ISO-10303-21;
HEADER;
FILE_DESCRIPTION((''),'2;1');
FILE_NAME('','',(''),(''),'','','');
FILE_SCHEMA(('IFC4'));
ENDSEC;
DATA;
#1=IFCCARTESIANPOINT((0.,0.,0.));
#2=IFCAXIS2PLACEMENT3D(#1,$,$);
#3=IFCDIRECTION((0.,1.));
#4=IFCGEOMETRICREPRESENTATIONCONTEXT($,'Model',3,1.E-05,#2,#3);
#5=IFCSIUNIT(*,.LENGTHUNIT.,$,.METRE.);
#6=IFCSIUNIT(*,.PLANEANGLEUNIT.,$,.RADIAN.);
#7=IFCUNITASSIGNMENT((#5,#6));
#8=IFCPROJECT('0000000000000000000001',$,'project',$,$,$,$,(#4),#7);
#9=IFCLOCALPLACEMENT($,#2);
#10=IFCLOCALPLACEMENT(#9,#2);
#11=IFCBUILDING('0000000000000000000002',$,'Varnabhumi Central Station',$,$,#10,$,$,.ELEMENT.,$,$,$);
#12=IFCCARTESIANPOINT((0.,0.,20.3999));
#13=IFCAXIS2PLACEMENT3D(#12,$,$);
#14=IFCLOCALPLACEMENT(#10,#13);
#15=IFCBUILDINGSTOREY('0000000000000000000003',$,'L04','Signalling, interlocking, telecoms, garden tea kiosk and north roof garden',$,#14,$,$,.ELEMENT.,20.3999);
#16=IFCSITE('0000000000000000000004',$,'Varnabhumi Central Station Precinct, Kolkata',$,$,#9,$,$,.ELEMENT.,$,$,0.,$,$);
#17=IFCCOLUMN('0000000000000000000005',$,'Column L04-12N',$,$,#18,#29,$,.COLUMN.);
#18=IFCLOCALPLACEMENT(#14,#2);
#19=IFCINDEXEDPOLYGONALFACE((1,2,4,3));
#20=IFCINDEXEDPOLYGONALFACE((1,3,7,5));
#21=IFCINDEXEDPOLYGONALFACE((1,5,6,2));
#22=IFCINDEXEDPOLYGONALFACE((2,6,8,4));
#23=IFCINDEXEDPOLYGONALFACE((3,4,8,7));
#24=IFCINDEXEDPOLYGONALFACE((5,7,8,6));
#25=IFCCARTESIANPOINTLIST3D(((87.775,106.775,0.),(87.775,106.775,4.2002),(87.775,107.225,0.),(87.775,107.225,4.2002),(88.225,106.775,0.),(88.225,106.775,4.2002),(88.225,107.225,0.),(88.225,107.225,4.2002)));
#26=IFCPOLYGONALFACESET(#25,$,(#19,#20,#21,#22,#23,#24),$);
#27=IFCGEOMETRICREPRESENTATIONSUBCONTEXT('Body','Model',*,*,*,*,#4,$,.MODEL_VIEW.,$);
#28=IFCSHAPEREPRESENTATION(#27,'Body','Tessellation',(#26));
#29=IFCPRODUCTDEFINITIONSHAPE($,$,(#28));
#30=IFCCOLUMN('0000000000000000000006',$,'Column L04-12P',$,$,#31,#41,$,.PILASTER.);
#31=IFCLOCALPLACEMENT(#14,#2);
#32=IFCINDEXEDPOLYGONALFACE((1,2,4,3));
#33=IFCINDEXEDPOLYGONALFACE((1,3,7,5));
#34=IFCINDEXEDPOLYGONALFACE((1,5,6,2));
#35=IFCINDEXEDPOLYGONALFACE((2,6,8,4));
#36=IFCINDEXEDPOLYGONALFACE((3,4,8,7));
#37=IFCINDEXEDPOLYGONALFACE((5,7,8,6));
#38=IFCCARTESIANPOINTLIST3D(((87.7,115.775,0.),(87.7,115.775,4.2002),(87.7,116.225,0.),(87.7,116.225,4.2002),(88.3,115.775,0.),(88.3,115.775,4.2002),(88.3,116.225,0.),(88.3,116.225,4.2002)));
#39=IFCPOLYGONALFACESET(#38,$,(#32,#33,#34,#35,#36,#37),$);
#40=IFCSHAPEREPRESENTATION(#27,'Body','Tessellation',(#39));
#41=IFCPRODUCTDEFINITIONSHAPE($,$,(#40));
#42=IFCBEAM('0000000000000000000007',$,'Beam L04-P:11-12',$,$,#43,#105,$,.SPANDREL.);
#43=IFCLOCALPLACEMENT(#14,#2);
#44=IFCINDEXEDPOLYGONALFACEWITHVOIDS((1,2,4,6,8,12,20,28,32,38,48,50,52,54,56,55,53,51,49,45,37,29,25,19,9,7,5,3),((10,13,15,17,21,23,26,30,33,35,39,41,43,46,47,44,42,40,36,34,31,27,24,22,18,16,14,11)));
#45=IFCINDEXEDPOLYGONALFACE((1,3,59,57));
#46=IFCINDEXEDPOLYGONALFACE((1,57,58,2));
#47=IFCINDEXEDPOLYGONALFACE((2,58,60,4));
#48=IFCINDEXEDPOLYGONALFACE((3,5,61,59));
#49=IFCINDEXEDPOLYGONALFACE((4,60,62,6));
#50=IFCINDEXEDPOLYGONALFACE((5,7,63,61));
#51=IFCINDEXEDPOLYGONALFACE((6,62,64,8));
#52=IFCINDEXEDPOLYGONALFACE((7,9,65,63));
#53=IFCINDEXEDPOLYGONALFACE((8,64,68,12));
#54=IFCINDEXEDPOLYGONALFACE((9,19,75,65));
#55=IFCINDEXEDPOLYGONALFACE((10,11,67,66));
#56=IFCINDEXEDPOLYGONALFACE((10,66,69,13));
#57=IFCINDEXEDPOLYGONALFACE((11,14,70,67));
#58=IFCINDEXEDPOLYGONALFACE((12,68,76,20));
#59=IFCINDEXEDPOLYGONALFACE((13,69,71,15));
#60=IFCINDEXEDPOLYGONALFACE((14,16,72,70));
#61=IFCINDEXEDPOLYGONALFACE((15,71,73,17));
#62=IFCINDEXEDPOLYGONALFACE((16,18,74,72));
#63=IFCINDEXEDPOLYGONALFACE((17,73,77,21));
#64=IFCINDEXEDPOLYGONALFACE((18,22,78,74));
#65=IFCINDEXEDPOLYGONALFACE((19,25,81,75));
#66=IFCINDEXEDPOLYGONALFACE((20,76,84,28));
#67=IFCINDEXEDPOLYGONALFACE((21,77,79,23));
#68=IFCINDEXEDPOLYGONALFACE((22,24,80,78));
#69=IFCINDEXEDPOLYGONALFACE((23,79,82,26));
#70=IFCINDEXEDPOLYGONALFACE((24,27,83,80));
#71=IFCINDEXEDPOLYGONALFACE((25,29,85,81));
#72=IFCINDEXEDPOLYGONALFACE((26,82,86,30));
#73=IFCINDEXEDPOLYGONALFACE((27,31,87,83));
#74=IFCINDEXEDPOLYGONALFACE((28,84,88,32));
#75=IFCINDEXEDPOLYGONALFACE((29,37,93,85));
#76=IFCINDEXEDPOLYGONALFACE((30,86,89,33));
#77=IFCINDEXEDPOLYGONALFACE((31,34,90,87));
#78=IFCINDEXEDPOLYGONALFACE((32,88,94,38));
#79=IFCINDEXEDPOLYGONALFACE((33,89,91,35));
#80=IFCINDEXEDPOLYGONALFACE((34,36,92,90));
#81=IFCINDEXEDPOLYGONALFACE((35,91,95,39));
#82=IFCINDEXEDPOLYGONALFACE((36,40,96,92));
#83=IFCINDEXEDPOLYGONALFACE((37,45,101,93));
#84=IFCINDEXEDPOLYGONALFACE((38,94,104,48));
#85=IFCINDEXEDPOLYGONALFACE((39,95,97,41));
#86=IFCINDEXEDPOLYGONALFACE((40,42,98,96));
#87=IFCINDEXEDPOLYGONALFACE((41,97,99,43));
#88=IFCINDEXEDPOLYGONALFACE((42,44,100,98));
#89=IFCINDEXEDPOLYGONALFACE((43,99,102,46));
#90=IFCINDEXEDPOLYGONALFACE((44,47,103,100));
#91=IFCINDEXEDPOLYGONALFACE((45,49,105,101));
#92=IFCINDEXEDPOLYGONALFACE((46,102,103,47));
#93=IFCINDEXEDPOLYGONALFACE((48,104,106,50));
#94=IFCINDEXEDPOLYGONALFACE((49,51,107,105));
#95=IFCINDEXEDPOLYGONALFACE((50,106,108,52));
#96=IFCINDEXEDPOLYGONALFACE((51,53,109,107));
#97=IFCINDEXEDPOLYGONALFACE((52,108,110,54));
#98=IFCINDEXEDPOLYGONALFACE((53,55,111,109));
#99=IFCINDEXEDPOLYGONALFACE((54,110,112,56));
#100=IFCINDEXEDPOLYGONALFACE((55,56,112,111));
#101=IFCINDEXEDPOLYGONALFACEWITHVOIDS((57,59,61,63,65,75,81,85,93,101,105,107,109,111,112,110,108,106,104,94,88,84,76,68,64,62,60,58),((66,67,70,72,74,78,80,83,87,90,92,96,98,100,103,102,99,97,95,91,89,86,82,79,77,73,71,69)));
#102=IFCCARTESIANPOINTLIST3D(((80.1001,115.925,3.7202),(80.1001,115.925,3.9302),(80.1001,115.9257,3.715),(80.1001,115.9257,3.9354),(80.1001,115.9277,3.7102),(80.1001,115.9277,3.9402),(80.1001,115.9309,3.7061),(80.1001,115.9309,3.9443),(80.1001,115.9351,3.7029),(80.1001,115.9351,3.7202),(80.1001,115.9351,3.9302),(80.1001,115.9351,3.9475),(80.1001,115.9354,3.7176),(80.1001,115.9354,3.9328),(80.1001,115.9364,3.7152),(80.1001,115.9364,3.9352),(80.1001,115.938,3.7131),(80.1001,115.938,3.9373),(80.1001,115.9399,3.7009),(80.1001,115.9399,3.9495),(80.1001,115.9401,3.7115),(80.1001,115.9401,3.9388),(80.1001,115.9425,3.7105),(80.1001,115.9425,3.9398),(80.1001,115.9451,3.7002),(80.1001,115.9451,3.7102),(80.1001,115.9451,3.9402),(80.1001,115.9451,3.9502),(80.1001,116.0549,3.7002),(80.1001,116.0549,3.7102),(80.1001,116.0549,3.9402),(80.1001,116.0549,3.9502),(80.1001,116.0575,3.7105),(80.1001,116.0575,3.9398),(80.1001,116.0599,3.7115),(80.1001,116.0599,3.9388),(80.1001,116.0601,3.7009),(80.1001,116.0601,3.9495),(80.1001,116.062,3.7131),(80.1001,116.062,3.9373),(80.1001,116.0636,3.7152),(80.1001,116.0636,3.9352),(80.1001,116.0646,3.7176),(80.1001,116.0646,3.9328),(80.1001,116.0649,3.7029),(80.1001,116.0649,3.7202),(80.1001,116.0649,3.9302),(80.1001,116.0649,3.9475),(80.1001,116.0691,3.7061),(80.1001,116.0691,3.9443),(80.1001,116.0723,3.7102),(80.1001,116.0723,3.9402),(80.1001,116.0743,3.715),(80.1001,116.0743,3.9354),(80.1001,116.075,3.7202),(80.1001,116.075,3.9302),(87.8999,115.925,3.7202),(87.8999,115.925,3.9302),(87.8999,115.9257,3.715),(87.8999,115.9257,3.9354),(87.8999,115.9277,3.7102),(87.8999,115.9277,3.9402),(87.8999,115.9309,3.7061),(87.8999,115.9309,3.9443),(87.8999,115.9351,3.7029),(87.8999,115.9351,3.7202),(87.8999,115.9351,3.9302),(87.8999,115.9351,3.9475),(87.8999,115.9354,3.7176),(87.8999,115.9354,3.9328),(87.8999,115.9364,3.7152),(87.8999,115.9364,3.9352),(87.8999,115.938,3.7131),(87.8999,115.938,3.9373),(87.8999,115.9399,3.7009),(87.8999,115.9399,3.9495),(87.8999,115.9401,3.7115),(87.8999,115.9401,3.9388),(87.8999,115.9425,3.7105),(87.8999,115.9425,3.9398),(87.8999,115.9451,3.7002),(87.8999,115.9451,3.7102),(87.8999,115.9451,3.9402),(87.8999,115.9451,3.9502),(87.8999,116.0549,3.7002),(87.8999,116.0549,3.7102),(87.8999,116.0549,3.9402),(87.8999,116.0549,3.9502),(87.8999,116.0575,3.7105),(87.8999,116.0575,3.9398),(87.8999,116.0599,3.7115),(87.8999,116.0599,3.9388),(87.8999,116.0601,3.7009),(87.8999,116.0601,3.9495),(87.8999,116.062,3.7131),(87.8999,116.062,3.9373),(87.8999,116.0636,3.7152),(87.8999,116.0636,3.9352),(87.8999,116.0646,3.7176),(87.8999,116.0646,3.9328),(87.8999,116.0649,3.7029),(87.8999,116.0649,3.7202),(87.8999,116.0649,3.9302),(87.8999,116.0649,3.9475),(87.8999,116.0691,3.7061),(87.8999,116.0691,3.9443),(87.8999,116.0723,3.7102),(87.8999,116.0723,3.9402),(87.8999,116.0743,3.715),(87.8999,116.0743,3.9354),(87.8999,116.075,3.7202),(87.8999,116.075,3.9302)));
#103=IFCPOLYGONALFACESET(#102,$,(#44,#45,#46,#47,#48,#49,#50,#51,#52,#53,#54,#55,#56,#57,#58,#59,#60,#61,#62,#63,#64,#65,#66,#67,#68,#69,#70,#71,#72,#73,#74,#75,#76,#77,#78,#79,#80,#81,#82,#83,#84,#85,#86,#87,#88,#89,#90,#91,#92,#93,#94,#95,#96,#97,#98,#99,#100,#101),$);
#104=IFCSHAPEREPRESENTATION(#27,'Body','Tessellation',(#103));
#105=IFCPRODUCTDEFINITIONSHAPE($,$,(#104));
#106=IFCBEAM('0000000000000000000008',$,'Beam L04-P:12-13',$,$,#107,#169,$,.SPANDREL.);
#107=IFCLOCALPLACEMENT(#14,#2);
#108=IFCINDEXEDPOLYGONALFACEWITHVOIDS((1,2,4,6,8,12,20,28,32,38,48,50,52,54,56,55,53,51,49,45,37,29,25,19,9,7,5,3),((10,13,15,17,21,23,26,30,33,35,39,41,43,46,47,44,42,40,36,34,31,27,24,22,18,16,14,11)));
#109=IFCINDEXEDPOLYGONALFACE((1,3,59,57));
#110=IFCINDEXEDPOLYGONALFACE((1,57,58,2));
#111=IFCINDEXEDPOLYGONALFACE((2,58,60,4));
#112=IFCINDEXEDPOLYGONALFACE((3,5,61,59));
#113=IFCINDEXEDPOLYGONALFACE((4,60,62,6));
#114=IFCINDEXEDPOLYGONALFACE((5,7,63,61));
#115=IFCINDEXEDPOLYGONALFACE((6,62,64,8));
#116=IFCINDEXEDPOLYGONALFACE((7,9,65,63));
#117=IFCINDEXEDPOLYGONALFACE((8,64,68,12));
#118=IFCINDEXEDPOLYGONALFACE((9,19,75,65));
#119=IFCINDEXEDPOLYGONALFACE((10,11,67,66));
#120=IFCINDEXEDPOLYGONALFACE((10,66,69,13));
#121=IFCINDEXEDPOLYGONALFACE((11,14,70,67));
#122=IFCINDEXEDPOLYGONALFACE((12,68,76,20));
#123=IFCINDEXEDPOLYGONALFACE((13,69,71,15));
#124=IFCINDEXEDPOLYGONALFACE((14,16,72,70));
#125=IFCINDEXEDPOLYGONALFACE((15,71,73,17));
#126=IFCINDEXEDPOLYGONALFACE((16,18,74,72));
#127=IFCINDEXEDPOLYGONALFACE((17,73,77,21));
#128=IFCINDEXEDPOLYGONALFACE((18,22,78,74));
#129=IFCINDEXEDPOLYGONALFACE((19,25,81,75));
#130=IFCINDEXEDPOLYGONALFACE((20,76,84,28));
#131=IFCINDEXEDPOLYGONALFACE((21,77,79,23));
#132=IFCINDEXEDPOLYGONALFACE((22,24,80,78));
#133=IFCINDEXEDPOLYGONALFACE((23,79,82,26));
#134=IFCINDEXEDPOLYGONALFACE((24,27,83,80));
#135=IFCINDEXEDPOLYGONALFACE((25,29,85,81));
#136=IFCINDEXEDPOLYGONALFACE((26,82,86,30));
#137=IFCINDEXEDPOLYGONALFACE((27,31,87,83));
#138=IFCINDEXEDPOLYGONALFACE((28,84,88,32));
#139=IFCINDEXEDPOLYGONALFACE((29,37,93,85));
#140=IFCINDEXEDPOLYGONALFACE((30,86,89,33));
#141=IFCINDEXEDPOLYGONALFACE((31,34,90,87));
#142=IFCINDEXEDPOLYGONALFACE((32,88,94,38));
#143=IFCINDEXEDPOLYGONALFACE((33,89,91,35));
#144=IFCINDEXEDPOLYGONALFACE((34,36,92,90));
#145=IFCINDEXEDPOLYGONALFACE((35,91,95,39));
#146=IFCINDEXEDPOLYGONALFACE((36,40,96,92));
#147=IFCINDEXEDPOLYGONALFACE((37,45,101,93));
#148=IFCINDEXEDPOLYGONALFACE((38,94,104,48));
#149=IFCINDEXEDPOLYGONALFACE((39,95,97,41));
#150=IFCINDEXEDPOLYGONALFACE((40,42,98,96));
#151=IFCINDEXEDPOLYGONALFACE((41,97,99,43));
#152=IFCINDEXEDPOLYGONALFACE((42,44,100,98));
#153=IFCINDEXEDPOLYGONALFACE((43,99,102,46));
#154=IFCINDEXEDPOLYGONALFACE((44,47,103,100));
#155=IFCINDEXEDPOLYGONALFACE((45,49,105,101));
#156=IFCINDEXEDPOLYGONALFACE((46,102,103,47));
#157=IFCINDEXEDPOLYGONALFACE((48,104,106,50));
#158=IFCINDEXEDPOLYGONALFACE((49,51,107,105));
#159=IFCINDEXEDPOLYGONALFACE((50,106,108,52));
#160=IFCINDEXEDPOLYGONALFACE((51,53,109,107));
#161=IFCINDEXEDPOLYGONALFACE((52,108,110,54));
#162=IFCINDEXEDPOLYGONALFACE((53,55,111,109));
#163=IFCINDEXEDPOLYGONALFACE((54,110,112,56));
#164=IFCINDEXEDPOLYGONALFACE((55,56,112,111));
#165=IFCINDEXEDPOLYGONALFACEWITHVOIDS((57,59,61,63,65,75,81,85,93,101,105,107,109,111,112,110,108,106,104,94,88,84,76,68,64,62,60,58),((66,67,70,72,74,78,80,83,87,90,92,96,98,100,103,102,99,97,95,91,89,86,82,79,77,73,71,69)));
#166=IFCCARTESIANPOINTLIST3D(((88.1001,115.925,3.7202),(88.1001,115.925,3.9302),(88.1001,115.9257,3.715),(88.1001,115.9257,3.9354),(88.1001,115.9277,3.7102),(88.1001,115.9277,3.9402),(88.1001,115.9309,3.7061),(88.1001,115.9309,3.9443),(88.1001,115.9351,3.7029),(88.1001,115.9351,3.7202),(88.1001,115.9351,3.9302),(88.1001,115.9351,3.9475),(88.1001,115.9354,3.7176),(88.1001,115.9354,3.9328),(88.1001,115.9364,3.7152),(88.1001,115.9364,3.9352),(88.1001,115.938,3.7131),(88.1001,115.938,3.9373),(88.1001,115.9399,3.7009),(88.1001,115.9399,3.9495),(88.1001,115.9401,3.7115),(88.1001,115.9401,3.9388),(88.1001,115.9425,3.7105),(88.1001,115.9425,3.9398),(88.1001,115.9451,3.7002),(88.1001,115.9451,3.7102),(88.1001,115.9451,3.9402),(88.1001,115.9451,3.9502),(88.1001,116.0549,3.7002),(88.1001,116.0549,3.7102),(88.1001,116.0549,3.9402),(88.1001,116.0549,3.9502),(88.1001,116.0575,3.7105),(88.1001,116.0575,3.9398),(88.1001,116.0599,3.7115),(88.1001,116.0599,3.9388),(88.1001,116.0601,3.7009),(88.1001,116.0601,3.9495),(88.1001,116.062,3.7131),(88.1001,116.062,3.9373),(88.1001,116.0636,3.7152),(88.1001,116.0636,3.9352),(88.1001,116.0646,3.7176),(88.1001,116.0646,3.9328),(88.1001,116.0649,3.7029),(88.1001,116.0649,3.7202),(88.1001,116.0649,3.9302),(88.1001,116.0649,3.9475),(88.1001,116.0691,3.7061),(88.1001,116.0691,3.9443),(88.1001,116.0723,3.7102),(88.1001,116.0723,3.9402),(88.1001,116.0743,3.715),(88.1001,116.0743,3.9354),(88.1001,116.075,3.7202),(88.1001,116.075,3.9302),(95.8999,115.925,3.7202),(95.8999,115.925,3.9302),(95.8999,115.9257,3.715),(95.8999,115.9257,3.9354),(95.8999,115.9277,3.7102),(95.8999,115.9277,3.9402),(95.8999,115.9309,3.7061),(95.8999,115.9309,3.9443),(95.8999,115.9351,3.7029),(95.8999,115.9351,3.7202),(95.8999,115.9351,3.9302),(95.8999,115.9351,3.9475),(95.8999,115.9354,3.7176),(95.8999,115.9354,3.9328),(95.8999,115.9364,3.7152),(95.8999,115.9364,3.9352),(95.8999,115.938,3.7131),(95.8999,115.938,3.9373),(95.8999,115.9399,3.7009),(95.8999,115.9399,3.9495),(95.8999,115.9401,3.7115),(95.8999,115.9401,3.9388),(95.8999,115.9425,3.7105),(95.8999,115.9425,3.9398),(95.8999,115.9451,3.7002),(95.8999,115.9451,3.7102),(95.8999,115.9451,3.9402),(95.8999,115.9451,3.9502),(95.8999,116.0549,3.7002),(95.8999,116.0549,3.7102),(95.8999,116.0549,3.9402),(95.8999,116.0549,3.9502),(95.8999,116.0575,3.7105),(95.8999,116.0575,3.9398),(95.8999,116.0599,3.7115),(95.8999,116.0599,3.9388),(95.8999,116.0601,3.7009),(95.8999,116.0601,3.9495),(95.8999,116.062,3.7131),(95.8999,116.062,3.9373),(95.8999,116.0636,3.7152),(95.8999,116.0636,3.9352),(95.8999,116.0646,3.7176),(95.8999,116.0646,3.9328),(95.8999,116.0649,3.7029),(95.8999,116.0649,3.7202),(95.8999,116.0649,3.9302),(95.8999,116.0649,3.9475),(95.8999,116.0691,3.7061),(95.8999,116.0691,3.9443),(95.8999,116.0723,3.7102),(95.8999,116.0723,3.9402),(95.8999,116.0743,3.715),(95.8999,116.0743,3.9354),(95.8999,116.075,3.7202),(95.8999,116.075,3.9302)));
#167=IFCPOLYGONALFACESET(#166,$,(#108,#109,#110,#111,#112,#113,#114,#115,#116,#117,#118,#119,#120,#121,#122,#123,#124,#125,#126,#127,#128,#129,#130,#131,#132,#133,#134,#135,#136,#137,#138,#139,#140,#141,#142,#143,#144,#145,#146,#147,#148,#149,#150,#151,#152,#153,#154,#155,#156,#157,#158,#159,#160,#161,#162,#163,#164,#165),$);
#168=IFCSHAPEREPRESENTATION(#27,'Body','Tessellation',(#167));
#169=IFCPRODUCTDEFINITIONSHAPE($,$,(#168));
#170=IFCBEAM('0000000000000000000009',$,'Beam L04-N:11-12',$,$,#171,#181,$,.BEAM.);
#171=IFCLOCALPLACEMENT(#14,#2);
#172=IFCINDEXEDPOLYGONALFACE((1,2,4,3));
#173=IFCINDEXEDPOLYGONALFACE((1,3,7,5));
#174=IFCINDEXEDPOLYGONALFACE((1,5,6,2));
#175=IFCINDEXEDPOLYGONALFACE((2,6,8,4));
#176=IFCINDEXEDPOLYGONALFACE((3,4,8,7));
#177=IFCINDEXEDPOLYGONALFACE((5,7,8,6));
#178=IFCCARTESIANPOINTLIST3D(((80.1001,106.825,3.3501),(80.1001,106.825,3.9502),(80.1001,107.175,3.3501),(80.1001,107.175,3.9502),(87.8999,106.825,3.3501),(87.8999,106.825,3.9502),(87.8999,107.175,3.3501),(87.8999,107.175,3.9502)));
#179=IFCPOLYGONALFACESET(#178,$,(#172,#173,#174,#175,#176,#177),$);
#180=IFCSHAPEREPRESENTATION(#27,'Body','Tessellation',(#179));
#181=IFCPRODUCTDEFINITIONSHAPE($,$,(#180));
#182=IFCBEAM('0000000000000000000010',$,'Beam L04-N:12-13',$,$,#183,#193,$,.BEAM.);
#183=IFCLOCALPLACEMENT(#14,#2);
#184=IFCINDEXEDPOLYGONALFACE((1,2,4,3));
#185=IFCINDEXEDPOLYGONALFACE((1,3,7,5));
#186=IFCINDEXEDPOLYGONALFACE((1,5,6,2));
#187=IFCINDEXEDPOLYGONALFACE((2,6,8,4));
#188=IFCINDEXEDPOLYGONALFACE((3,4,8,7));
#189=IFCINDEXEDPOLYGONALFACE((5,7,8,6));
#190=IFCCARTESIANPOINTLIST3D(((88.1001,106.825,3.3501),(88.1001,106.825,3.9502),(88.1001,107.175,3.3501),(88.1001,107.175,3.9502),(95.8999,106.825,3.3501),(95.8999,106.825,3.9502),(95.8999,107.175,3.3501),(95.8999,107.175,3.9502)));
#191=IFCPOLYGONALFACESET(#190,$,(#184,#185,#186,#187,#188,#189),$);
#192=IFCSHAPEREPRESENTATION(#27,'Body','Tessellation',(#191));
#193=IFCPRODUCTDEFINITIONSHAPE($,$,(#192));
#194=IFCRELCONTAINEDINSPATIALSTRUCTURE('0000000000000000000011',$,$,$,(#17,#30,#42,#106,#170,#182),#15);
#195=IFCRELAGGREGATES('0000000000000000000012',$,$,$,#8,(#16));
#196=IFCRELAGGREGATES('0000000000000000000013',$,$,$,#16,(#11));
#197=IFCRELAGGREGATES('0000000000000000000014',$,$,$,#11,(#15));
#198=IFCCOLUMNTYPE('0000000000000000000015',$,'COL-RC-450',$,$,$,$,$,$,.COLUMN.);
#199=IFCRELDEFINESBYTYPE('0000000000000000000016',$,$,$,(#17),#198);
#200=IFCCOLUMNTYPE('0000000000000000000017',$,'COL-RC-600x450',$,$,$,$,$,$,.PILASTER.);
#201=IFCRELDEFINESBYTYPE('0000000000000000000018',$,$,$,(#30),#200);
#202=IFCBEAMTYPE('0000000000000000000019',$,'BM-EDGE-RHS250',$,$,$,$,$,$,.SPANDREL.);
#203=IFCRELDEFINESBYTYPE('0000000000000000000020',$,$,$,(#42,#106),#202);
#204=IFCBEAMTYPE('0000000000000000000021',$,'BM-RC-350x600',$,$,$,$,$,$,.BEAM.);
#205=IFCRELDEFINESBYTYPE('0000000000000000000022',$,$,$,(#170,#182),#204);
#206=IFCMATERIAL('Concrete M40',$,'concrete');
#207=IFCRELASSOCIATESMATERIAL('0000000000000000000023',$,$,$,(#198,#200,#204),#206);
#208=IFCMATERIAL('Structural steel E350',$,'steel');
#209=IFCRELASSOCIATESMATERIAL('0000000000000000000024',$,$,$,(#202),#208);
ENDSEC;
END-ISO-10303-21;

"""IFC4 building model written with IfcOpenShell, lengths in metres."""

from ifc_helpers import new_model, si_unit, direction, frame, origin, origin_2d, place, context, subcontext, project, spatial, rectangle, hollow_rectangle, extrude, material, material_profile, profile_set, type_object, element, save


model = new_model("IFC4")

# Units and contexts
model_context = context("Model", 3, precision=1e-05, world=origin(), true_north=direction((0.0, 1.0)))
body_context = subcontext(model_context, "Body", "Model", "MODEL_VIEW")
ifc_project = project(units=[si_unit("LENGTHUNIT", "METRE"), si_unit("PLANEANGLEUNIT", "RADIAN")], contexts=[model_context])

# Site, building, storey
site_placement = place(None, origin())
site = spatial("IfcSite", under=ifc_project, at=site_placement, Name="Varnabhumi Central Station Precinct, Kolkata", CompositionType="ELEMENT", RefElevation=0.0)
building_placement = place(site_placement, origin())
building = spatial("IfcBuilding", under=site, at=building_placement, Name="Varnabhumi Central Station", CompositionType="ELEMENT")
storey_placement = place(building_placement, frame((0.0, 0.0, 20.3999)))
storey = spatial("IfcBuildingStorey", under=building, at=storey_placement, Name="L04", Description="Signalling, interlocking, telecoms, garden tea kiosk and north roof garden", CompositionType="ELEMENT", Elevation=20.3999)

# Columns
ifc_material_1 = material(Name="Concrete M40", Category="concrete")
ifc_material_profile_1 = material_profile(ifc_material_1, rectangle(XDim=0.45, YDim=0.45, at=origin_2d()), Name="Concrete M40", Category="concrete")
ifc_profile_set_1 = profile_set([ifc_material_profile_1], Name="Concrete M40")
column_type_1 = type_object("IfcColumnType", Name="COL-RC-450", PredefinedType="COLUMN", material=ifc_profile_set_1)
column_1_placement = place(storey_placement, frame((88.0, 107.0, 0.0), z_axis=(0.0, 0.0, 1.0), x_axis=(1.0, 0.0, 0.0)))
element("IfcColumn", 1, at=column_1_placement, inside=storey, type_object=column_type_1, Name="Column L04-12N", PredefinedType="COLUMN", context=body_context, shape_type="SweptSolid", body=[
    extrude(rectangle(XDim=0.45, YDim=0.45, at=origin_2d()), origin(), (0.0, 0.0, 1.0), 4.2002),
])
ifc_material_profile_2 = material_profile(ifc_material_1, rectangle(XDim=0.6001, YDim=0.45, at=origin_2d()), Name="Concrete M40", Category="concrete")
ifc_profile_set_2 = profile_set([ifc_material_profile_2], Name="Concrete M40")
column_type_2 = type_object("IfcColumnType", Name="COL-RC-600x450", PredefinedType="PILASTER", material=ifc_profile_set_2)
column_2_placement = place(storey_placement, frame((88.0, 116.0, 0.0), z_axis=(0.0, 0.0, 1.0), x_axis=(1.0, 0.0, 0.0)))
element("IfcColumn", 2, at=column_2_placement, inside=storey, type_object=column_type_2, Name="Column L04-12P", PredefinedType="PILASTER", context=body_context, shape_type="SweptSolid", body=[
    extrude(rectangle(XDim=0.6001, YDim=0.45, at=origin_2d()), origin(), (0.0, 0.0, 1.0), 4.2002),
])

# Beams
ifc_material_2 = material(Name="Structural steel E350", Category="steel")
ifc_material_profile_3 = material_profile(ifc_material_2, hollow_rectangle(XDim=0.1499, YDim=0.25, WallThickness=0.01, InnerFilletRadius=0.01, OuterFilletRadius=0.02, at=origin_2d()), Name="Structural steel E350", Category="steel")
ifc_profile_set_3 = profile_set([ifc_material_profile_3], Name="Structural steel E350")
beam_type_1 = type_object("IfcBeamType", Name="BM-EDGE-RHS250", PredefinedType="SPANDREL", material=ifc_profile_set_3)
for number, where, z_axis, x_axis, name in (
    (3, (80.1001, 116.0, 3.8252), (1.0, 0.0, 0.0), (0.0, 1.0, 0.0), "Beam L04-P:11-12"),
    (4, (88.1001, 116.0, 3.8252), (1.0, 0.0, 0.0), (0.0, 1.0, 0.0), "Beam L04-P:12-13"),
):
    element("IfcBeam", number, at=place(storey_placement, frame(where, z_axis=z_axis, x_axis=x_axis)), inside=storey, type_object=beam_type_1, Name=name, PredefinedType="SPANDREL", context=body_context, shape_type="SweptSolid", body=[
        extrude(hollow_rectangle(XDim=0.1499, YDim=0.25, WallThickness=0.01, InnerFilletRadius=0.01, OuterFilletRadius=0.02, at=origin_2d()), origin(), (0.0, 0.0, 1.0), 7.7998),
    ])
ifc_material_profile_4 = material_profile(ifc_material_1, rectangle(XDim=0.3501, YDim=0.6001, at=origin_2d()), Name="Concrete M40", Category="concrete")
ifc_profile_set_4 = profile_set([ifc_material_profile_4], Name="Concrete M40")
beam_type_2 = type_object("IfcBeamType", Name="BM-RC-350x600", PredefinedType="BEAM", material=ifc_profile_set_4)
for number, where, z_axis, x_axis, name in (
    (5, (80.1001, 107.0, 3.6501), (1.0, 0.0, 0.0), (0.0, 1.0, 0.0), "Beam L04-N:11-12"),
    (6, (88.1001, 107.0, 3.6501), (1.0, 0.0, 0.0), (0.0, 1.0, 0.0), "Beam L04-N:12-13"),
):
    element("IfcBeam", number, at=place(storey_placement, frame(where, z_axis=z_axis, x_axis=x_axis)), inside=storey, type_object=beam_type_2, Name=name, PredefinedType="BEAM", context=body_context, shape_type="SweptSolid", body=[
        extrude(rectangle(XDim=0.3501, YDim=0.6001, at=origin_2d()), origin(), (0.0, 0.0, 1.0), 7.7998),
    ])

save(model, "model.ifc")
